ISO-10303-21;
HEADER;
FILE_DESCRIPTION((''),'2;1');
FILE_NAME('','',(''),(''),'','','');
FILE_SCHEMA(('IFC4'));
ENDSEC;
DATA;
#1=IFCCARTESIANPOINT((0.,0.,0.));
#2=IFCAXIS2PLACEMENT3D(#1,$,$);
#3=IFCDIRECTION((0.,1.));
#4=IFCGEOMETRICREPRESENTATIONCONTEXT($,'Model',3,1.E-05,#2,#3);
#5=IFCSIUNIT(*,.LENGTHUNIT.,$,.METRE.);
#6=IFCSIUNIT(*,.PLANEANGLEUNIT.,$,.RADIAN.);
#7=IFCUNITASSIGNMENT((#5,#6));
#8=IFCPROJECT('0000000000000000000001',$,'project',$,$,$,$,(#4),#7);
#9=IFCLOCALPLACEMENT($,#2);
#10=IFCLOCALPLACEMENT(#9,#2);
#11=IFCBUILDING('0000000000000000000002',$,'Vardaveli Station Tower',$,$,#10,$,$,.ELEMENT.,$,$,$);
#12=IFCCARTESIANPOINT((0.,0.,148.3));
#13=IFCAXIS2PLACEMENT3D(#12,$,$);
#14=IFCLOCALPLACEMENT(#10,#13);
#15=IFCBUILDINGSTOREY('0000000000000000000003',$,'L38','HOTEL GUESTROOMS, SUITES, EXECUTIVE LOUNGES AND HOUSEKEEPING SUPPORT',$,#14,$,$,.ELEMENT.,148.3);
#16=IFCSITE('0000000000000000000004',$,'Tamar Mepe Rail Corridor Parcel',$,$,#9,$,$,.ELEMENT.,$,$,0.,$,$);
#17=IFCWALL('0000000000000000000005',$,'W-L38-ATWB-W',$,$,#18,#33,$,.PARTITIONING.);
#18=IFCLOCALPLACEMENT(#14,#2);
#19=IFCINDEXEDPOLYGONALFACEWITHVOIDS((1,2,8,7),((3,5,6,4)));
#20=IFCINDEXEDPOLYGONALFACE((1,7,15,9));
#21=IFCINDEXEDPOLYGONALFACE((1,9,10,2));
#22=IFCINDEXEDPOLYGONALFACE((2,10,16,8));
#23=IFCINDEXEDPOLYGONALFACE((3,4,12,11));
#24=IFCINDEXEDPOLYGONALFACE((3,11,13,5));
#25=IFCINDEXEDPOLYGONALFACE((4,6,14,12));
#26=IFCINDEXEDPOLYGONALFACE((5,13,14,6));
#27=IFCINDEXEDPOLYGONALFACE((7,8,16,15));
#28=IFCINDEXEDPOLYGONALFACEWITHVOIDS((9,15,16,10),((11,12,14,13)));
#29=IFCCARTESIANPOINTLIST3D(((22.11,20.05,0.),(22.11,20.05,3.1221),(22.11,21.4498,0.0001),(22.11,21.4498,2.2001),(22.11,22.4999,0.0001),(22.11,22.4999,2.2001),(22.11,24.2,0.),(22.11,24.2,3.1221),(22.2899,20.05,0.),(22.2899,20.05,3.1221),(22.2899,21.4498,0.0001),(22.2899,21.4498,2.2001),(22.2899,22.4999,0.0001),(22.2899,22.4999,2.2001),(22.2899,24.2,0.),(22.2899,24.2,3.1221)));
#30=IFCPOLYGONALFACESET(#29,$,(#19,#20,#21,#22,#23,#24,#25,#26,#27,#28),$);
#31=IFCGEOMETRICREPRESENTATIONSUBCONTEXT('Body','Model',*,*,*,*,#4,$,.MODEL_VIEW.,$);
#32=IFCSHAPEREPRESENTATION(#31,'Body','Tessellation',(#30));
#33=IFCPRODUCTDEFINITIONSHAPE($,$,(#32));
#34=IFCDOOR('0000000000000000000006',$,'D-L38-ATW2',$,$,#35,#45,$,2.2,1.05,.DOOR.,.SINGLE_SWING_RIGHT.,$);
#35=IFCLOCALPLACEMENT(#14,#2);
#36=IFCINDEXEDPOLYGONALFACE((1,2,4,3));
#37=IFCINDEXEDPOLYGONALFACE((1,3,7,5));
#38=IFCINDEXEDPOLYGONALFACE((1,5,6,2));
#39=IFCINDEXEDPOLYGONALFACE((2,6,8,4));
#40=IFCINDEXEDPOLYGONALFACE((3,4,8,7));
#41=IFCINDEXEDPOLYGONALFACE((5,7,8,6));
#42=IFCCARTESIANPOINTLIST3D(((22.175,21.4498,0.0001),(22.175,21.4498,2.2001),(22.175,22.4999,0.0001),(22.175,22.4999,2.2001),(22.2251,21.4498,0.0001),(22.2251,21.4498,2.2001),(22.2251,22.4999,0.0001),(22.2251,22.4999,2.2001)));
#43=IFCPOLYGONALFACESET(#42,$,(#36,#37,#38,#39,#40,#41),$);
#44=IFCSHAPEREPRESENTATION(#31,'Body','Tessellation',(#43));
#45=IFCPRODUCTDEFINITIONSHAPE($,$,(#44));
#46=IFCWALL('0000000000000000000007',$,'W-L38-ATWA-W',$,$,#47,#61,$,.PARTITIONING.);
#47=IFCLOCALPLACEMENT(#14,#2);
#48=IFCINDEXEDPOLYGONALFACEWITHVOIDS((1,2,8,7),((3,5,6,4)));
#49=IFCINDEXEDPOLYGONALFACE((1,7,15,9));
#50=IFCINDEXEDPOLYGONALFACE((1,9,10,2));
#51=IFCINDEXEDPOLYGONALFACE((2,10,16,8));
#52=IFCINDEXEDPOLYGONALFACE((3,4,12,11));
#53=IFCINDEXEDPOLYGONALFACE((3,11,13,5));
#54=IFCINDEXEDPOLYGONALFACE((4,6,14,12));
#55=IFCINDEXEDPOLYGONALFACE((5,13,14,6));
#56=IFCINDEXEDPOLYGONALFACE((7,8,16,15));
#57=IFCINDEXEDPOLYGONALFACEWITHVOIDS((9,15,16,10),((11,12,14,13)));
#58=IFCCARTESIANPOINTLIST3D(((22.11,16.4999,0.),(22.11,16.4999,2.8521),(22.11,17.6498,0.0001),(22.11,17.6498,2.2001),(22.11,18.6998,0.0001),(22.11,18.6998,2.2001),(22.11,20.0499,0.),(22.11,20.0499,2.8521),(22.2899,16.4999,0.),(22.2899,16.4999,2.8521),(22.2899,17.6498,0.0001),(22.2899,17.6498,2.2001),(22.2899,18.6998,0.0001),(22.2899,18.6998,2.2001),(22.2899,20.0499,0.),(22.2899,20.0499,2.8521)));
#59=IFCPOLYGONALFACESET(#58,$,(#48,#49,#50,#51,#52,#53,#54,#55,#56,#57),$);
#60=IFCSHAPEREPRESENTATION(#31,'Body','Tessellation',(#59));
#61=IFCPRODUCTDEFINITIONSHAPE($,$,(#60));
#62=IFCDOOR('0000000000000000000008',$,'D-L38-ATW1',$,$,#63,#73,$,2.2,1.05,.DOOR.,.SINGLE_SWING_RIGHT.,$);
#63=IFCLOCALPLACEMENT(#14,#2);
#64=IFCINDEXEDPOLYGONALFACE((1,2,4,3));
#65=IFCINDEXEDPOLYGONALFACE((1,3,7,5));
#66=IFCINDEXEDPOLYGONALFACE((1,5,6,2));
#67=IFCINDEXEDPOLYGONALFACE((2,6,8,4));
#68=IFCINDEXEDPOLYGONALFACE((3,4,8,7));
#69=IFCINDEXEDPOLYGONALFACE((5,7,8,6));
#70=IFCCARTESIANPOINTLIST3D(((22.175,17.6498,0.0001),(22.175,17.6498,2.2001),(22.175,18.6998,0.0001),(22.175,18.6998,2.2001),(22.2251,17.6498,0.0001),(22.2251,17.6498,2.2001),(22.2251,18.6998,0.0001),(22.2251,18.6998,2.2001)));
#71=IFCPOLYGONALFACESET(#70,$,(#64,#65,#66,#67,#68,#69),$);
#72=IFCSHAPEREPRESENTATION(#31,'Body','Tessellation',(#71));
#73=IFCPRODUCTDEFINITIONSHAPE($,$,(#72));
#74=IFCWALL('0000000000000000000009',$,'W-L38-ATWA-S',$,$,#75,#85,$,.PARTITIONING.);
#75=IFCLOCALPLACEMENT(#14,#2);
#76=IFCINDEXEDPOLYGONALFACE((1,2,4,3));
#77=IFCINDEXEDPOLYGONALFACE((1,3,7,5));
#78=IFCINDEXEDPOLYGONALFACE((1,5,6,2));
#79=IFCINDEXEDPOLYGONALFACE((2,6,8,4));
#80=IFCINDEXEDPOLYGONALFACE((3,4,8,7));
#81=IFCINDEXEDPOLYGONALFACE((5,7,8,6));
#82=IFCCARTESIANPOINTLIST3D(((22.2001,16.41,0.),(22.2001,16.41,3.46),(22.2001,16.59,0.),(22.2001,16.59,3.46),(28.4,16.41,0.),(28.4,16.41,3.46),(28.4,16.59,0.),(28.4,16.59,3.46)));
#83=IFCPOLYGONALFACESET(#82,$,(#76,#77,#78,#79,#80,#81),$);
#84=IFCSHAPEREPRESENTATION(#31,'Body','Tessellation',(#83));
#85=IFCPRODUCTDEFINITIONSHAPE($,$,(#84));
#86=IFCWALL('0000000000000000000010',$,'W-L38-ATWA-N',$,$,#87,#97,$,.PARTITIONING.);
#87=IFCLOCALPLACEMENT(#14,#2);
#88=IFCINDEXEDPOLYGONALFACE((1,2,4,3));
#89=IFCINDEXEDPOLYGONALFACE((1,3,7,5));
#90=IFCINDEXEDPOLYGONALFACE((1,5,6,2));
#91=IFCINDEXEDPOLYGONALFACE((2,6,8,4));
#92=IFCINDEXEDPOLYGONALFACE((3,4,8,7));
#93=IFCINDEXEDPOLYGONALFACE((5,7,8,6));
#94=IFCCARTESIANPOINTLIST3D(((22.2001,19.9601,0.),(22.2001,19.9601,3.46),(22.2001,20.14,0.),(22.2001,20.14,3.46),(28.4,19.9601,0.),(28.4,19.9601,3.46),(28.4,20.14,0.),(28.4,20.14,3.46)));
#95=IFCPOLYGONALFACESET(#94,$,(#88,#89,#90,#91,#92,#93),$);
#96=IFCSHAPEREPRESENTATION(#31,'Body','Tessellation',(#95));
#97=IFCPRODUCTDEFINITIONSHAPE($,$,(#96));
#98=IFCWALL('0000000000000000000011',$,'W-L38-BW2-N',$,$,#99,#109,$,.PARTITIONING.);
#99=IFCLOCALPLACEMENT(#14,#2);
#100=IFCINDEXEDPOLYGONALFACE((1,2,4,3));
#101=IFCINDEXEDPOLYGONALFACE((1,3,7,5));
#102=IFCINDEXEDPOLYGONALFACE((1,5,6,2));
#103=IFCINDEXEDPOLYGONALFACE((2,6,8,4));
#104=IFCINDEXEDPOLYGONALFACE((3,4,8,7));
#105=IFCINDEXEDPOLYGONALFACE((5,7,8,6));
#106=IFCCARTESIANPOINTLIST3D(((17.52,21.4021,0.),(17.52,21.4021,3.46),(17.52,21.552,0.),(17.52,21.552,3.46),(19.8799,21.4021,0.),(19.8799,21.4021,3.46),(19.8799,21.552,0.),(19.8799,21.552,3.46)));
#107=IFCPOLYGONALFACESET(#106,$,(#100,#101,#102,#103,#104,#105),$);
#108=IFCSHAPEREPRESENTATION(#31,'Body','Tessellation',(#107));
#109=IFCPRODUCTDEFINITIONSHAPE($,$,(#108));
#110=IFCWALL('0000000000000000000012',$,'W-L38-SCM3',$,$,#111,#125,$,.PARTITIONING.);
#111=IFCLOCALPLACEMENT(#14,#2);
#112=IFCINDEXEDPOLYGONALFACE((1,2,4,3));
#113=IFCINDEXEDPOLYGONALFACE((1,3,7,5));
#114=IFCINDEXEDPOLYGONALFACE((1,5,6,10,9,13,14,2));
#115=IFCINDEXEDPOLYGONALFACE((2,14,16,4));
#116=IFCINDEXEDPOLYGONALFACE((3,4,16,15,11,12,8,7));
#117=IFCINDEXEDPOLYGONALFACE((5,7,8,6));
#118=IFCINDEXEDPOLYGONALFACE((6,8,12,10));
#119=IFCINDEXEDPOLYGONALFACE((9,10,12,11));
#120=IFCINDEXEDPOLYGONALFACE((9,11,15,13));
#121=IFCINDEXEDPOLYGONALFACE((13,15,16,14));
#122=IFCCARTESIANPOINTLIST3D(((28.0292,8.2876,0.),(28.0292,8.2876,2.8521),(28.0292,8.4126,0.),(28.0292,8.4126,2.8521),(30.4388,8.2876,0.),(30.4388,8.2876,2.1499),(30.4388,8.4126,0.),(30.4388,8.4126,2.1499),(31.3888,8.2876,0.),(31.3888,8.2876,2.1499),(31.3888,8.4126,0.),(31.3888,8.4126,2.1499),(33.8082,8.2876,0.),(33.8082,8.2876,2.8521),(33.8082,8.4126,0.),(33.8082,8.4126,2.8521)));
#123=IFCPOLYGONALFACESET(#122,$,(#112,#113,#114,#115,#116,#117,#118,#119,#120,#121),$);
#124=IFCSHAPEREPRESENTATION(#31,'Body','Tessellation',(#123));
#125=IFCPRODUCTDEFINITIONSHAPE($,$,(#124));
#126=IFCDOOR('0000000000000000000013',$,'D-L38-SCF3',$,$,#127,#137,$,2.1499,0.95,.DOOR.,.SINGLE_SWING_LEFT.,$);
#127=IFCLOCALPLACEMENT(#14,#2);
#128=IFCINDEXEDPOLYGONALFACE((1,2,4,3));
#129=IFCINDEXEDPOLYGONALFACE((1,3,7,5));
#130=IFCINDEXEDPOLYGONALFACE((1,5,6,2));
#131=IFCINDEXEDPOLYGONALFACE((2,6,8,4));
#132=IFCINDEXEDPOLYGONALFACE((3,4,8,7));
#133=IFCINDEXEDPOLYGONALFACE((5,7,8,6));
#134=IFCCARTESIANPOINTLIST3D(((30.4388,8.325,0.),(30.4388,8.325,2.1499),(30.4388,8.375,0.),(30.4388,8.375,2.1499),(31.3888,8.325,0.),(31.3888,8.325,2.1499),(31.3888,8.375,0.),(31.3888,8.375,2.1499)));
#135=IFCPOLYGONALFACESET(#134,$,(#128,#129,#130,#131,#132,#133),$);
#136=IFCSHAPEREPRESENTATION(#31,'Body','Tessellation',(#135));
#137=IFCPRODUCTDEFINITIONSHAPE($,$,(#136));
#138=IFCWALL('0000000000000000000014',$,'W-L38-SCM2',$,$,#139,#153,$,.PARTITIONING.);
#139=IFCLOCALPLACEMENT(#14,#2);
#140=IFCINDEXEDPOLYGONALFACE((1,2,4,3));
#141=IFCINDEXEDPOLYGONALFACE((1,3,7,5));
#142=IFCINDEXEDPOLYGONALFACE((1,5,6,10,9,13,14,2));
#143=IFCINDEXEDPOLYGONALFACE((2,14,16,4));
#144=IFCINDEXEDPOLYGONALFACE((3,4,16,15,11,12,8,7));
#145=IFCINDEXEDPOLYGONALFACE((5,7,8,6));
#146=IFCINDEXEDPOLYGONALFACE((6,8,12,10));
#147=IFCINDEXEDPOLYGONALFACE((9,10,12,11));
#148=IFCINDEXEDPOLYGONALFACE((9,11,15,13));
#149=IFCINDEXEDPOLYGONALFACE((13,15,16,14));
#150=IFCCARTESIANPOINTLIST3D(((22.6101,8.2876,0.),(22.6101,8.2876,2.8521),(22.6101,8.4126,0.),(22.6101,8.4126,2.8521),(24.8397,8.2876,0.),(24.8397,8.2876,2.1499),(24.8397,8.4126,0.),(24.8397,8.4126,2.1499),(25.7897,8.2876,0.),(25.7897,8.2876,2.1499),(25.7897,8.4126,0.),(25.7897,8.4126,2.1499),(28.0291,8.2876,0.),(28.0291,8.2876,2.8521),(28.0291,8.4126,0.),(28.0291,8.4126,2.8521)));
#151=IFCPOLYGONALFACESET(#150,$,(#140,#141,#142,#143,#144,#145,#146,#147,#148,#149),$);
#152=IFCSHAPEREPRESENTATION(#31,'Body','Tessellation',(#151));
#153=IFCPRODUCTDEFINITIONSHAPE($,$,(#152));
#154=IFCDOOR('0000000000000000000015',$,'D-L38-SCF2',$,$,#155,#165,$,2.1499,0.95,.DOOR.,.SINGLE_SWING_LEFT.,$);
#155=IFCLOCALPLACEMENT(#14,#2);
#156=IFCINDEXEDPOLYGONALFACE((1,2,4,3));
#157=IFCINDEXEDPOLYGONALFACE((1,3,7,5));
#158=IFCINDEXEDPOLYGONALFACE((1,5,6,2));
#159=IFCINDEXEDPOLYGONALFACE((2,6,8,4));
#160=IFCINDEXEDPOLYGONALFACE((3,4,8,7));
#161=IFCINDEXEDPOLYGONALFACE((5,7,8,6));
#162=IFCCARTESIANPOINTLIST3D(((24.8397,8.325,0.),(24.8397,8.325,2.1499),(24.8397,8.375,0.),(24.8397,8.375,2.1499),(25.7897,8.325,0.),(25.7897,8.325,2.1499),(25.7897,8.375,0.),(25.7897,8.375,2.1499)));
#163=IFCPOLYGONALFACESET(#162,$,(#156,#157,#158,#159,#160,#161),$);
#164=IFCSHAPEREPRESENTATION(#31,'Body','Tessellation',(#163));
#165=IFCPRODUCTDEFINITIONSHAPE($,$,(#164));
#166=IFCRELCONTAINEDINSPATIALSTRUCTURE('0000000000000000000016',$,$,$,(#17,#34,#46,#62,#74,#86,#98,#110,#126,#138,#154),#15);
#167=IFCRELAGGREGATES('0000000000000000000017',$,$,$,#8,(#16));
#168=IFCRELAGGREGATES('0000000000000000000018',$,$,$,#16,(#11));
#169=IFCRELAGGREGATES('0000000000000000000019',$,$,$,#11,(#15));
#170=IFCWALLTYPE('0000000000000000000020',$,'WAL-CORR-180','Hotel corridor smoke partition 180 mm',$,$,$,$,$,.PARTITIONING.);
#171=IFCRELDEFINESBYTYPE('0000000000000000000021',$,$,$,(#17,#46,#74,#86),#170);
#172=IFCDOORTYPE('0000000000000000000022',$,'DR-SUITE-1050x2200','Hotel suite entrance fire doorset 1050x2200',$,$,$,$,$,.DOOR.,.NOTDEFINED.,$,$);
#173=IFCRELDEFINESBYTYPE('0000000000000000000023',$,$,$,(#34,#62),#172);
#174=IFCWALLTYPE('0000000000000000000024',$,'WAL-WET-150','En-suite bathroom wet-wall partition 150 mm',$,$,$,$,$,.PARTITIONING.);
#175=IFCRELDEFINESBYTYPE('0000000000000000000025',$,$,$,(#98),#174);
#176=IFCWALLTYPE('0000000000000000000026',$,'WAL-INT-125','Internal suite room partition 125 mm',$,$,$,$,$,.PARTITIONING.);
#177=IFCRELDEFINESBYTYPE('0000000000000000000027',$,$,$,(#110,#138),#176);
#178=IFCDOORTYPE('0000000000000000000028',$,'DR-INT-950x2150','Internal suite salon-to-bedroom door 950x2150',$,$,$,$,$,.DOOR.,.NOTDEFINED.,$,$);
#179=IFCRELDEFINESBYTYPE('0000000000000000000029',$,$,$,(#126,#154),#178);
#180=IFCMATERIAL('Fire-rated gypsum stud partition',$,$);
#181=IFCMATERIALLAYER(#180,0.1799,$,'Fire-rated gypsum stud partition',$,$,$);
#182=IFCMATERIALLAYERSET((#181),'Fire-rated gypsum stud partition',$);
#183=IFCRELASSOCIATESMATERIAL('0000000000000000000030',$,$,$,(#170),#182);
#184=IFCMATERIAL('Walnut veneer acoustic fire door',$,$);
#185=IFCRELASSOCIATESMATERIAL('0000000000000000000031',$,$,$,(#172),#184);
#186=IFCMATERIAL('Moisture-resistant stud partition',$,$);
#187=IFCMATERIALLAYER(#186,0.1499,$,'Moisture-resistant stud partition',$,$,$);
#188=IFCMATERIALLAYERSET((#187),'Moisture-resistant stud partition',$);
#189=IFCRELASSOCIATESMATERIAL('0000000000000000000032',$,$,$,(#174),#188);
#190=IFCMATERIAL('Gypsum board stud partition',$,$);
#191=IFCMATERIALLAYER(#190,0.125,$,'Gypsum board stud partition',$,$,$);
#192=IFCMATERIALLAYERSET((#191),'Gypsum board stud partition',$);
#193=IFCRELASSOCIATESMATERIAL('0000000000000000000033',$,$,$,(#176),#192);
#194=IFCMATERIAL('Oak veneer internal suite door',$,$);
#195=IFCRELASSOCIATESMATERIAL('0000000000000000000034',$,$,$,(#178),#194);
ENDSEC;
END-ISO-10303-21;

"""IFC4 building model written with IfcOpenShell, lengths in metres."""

from ifc_helpers import new_model, si_unit, direction, frame, frame_2d, origin, place, context, subcontext, project, spatial, rectangle, extrude, source, transform, mapped, material, layer, layer_set, type_object, element, fill, save


model = new_model("IFC4")

# Units and contexts
model_context = context("Model", 3, precision=1e-05, world=origin(), true_north=direction((0.0, 1.0)))
body_context = subcontext(model_context, "Body", "Model", "MODEL_VIEW")
ifc_project = project(units=[si_unit("LENGTHUNIT", "METRE"), si_unit("PLANEANGLEUNIT", "RADIAN")], contexts=[model_context])

# Site, building, storey
site_placement = place(None, origin())
site = spatial("IfcSite", under=ifc_project, at=site_placement, Name="Tamar Mepe Rail Corridor Parcel", CompositionType="ELEMENT", RefElevation=0.0)
building_placement = place(site_placement, origin())
building = spatial("IfcBuilding", under=site, at=building_placement, Name="Vardaveli Station Tower", CompositionType="ELEMENT")
storey_placement = place(building_placement, frame((0.0, 0.0, 148.3)))
storey = spatial("IfcBuildingStorey", under=building, at=storey_placement, Name="L38", Description="HOTEL GUESTROOMS, SUITES, EXECUTIVE LOUNGES AND HOUSEKEEPING SUPPORT", CompositionType="ELEMENT", Elevation=148.3)

# Shared definitions
ifc_material_1 = material(Name="Fire-rated gypsum stud partition")
ifc_layer_1 = layer(ifc_material_1, 0.1799, Name="Fire-rated gypsum stud partition")
ifc_layer_set_1 = layer_set([ifc_layer_1], Name="Fire-rated gypsum stud partition")
wall_type_1 = type_object("IfcWallType", Name="WAL-CORR-180", Description="Hotel corridor smoke partition 180 mm", PredefinedType="PARTITIONING", material=ifc_layer_set_1)
shared_shape_1 = source(origin(), body_context, "Body", "SweptSolid", [
    extrude(rectangle(XDim=1.05, YDim=2.2, at=frame_2d((0.5249, 1.1001))), frame((0.0, 0.1001, 0.0), z_axis=(0.0, -1.0, 0.0), x_axis=(1.0, 0.0, 0.0)), (0.0, 0.0, 1.0), 0.2),
])
ifc_material_2 = material(Name="Walnut veneer acoustic fire door")
door_type_1 = type_object("IfcDoorType", Name="DR-SUITE-1050x2200", Description="Hotel suite entrance fire doorset 1050x2200", OperationType="NOTDEFINED", PredefinedType="DOOR", material=ifc_material_2)
shared_shape_2 = source(origin(), body_context, "Body", "SweptSolid", [
    extrude(rectangle(XDim=1.05, YDim=2.2, at=frame_2d((0.5249, 1.1001))), frame((0.0, 0.0249, 0.0), z_axis=(0.0, -1.0, 0.0), x_axis=(1.0, 0.0, 0.0)), (0.0, 0.0, 1.0), 0.05),
])
shared_shape_3 = source(origin(), body_context, "Body", "SweptSolid", [
    extrude(rectangle(XDim=0.95, YDim=2.1499, at=frame_2d((0.4751, 1.075))), frame((0.0, 0.0249, 0.0), z_axis=(0.0, -1.0, 0.0), x_axis=(1.0, 0.0, 0.0)), (0.0, 0.0, 1.0), 0.05),
])

# Walls, openings, doors
ifc_material_3 = material(Name="Moisture-resistant stud partition")
ifc_layer_2 = layer(ifc_material_3, 0.1499, Name="Moisture-resistant stud partition")
ifc_layer_set_2 = layer_set([ifc_layer_2], Name="Moisture-resistant stud partition")
wall_type_2 = type_object("IfcWallType", Name="WAL-WET-150", Description="En-suite bathroom wet-wall partition 150 mm", PredefinedType="PARTITIONING", material=ifc_layer_set_2)
shared_shape_4 = source(origin(), body_context, "Body", "SweptSolid", [
    extrude(rectangle(XDim=4.1499, YDim=0.1799, at=frame_2d((2.075, 0.0))), origin(), (0.0, 0.0, 1.0), 3.1221),
])
wall_1_placement = place(storey_placement, frame((22.2, 20.05, 0.0), z_axis=(0.0, 0.0, 1.0), x_axis=(0.0, 1.0, 0.0)))
wall_1 = element("IfcWall", 1, at=wall_1_placement, inside=storey, type_object=wall_type_1, Name="W-L38-ATWB-W", PredefinedType="PARTITIONING", context=body_context, shape_type="MappedRepresentation", body=[
    mapped(shared_shape_4, transform((0.0, 0.0, 0.0), scale=1.0)),
])
opening_1_placement = place(wall_1_placement, frame((1.3999, 0.0, 0.0)))
opening_1 = element("IfcOpeningElement", 2, at=opening_1_placement, cuts=wall_1, PredefinedType="OPENING", context=body_context, shape_type="MappedRepresentation", body=[
    mapped(shared_shape_1, transform((0.0, 0.0, 0.0), scale=1.0)),
])
door_1_placement = place(opening_1_placement, origin())
door_1 = element("IfcDoor", 3, at=door_1_placement, inside=storey, type_object=door_type_1, Name="D-L38-ATW2", OperationType="SINGLE_SWING_RIGHT", OverallHeight=2.2, OverallWidth=1.05, PredefinedType="DOOR", context=body_context, shape_type="MappedRepresentation", body=[
    mapped(shared_shape_2, transform((0.0, 0.0, 0.0), scale=1.0)),
])
fill(opening_1, door_1)
shared_shape_5 = source(origin(), body_context, "Body", "SweptSolid", [
    extrude(rectangle(XDim=3.55, YDim=0.1799, at=frame_2d((1.7749, 0.0))), origin(), (0.0, 0.0, 1.0), 2.8521),
])
wall_2_placement = place(storey_placement, frame((22.2, 16.5, 0.0), z_axis=(0.0, 0.0, 1.0), x_axis=(0.0, 1.0, 0.0)))
wall_2 = element("IfcWall", 4, at=wall_2_placement, inside=storey, type_object=wall_type_1, Name="W-L38-ATWA-W", PredefinedType="PARTITIONING", context=body_context, shape_type="MappedRepresentation", body=[
    mapped(shared_shape_5, transform((0.0, 0.0, 0.0), scale=1.0)),
])
opening_2_placement = place(wall_2_placement, frame((1.1499, 0.0, 0.0)))
opening_2 = element("IfcOpeningElement", 5, at=opening_2_placement, cuts=wall_2, PredefinedType="OPENING", context=body_context, shape_type="MappedRepresentation", body=[
    mapped(shared_shape_1, transform((0.0, 0.0, 0.0), scale=1.0)),
])
door_2_placement = place(opening_2_placement, origin())
door_2 = element("IfcDoor", 6, at=door_2_placement, inside=storey, type_object=door_type_1, Name="D-L38-ATW1", OperationType="SINGLE_SWING_RIGHT", OverallHeight=2.2, OverallWidth=1.05, PredefinedType="DOOR", context=body_context, shape_type="MappedRepresentation", body=[
    mapped(shared_shape_2, transform((0.0, 0.0, 0.0), scale=1.0)),
])
fill(opening_2, door_2)

# Walls
shared_shape_6 = source(origin(), body_context, "Body", "SweptSolid", [
    extrude(rectangle(XDim=6.2, YDim=0.1799, at=frame_2d((3.1001, 0.0))), origin(), (0.0, 0.0, 1.0), 3.46),
])
for number, where, z_axis, x_axis, name in (
    (7, (22.2, 16.5, 0.0), (0.0, 0.0, 1.0), (1.0, 0.0, 0.0), "W-L38-ATWA-S"),
    (8, (22.2, 20.05, 0.0), (0.0, 0.0, 1.0), (1.0, 0.0, 0.0), "W-L38-ATWA-N"),
):
    element("IfcWall", number, at=place(storey_placement, frame(where, z_axis=z_axis, x_axis=x_axis)), inside=storey, type_object=wall_type_1, Name=name, PredefinedType="PARTITIONING", context=body_context, shape_type="MappedRepresentation", body=[
        mapped(shared_shape_6, transform((0.0, 0.0, 0.0), scale=1.0)),
    ])
shared_shape_7 = source(origin(), body_context, "Body", "SweptSolid", [
    extrude(rectangle(XDim=2.3599, YDim=0.1499, at=frame_2d((1.1799, 0.0))), origin(), (0.0, 0.0, 1.0), 3.46),
])
wall_3_placement = place(storey_placement, frame((17.52, 21.4771, 0.0), z_axis=(0.0, 0.0, 1.0), x_axis=(1.0, 0.0, 0.0)))
element("IfcWall", 9, at=wall_3_placement, inside=storey, type_object=wall_type_2, Name="W-L38-BW2-N", PredefinedType="PARTITIONING", context=body_context, shape_type="MappedRepresentation", body=[
    mapped(shared_shape_7, transform((0.0, 0.0, 0.0), scale=1.0)),
])

# Walls, openings, doors
ifc_material_4 = material(Name="Gypsum board stud partition")
ifc_layer_3 = layer(ifc_material_4, 0.125, Name="Gypsum board stud partition")
ifc_layer_set_3 = layer_set([ifc_layer_3], Name="Gypsum board stud partition")
wall_type_3 = type_object("IfcWallType", Name="WAL-INT-125", Description="Internal suite room partition 125 mm", PredefinedType="PARTITIONING", material=ifc_layer_set_3)
shared_shape_8 = source(origin(), body_context, "Body", "SweptSolid", [
    extrude(rectangle(XDim=5.7791, YDim=0.125, at=frame_2d((2.8896, 0.0))), origin(), (0.0, 0.0, 1.0), 2.8521),
])
wall_4_placement = place(storey_placement, frame((28.0291, 8.3501, 0.0), z_axis=(0.0, 0.0, 1.0), x_axis=(1.0, 0.0, 0.0)))
wall_4 = element("IfcWall", 10, at=wall_4_placement, inside=storey, type_object=wall_type_3, Name="W-L38-SCM3", PredefinedType="PARTITIONING", context=body_context, shape_type="MappedRepresentation", body=[
    mapped(shared_shape_8, transform((0.0, 0.0, 0.0), scale=1.0)),
])
shared_shape_9 = source(origin(), body_context, "Body", "SweptSolid", [
    extrude(rectangle(XDim=0.95, YDim=2.1499, at=frame_2d((0.4751, 1.075))), frame((0.0, 0.0725, 0.0), z_axis=(0.0, -1.0, 0.0), x_axis=(1.0, 0.0, 0.0)), (0.0, 0.0, 1.0), 0.145),
])
opening_3_placement = place(wall_4_placement, frame((2.4097, 0.0, 0.0)))
opening_3 = element("IfcOpeningElement", 11, at=opening_3_placement, cuts=wall_4, PredefinedType="OPENING", context=body_context, shape_type="MappedRepresentation", body=[
    mapped(shared_shape_9, transform((0.0, 0.0, 0.0), scale=1.0)),
])
ifc_material_5 = material(Name="Oak veneer internal suite door")
door_type_2 = type_object("IfcDoorType", Name="DR-INT-950x2150", Description="Internal suite salon-to-bedroom door 950x2150", OperationType="NOTDEFINED", PredefinedType="DOOR", material=ifc_material_5)
door_3_placement = place(opening_3_placement, origin())
door_3 = element("IfcDoor", 12, at=door_3_placement, inside=storey, type_object=door_type_2, Name="D-L38-SCF3", OperationType="SINGLE_SWING_LEFT", OverallHeight=2.1499, OverallWidth=0.95, PredefinedType="DOOR", context=body_context, shape_type="MappedRepresentation", body=[
    mapped(shared_shape_3, transform((0.0, 0.0, 0.0), scale=1.0)),
])
fill(opening_3, door_3)
shared_shape_10 = source(origin(), body_context, "Body", "SweptSolid", [
    extrude(rectangle(XDim=5.4189, YDim=0.125, at=frame_2d((2.7095, 0.0))), origin(), (0.0, 0.0, 1.0), 2.8521),
])
wall_5_placement = place(storey_placement, frame((22.6101, 8.3501, 0.0), z_axis=(0.0, 0.0, 1.0), x_axis=(1.0, 0.0, 0.0)))
wall_5 = element("IfcWall", 13, at=wall_5_placement, inside=storey, type_object=wall_type_3, Name="W-L38-SCM2", PredefinedType="PARTITIONING", context=body_context, shape_type="MappedRepresentation", body=[
    mapped(shared_shape_10, transform((0.0, 0.0, 0.0), scale=1.0)),
])
opening_4_placement = place(wall_5_placement, frame((2.2295, 0.0, 0.0)))
opening_4 = element("IfcOpeningElement", 14, at=opening_4_placement, cuts=wall_5, PredefinedType="OPENING", context=body_context, shape_type="MappedRepresentation", body=[
    mapped(shared_shape_9, transform((0.0, 0.0, 0.0), scale=1.0)),
])
door_4_placement = place(opening_4_placement, origin())
door_4 = element("IfcDoor", 15, at=door_4_placement, inside=storey, type_object=door_type_2, Name="D-L38-SCF2", OperationType="SINGLE_SWING_LEFT", OverallHeight=2.1499, OverallWidth=0.95, PredefinedType="DOOR", context=body_context, shape_type="MappedRepresentation", body=[
    mapped(shared_shape_3, transform((0.0, 0.0, 0.0), scale=1.0)),
])
fill(opening_4, door_4)

save(model, "model.ifc")
